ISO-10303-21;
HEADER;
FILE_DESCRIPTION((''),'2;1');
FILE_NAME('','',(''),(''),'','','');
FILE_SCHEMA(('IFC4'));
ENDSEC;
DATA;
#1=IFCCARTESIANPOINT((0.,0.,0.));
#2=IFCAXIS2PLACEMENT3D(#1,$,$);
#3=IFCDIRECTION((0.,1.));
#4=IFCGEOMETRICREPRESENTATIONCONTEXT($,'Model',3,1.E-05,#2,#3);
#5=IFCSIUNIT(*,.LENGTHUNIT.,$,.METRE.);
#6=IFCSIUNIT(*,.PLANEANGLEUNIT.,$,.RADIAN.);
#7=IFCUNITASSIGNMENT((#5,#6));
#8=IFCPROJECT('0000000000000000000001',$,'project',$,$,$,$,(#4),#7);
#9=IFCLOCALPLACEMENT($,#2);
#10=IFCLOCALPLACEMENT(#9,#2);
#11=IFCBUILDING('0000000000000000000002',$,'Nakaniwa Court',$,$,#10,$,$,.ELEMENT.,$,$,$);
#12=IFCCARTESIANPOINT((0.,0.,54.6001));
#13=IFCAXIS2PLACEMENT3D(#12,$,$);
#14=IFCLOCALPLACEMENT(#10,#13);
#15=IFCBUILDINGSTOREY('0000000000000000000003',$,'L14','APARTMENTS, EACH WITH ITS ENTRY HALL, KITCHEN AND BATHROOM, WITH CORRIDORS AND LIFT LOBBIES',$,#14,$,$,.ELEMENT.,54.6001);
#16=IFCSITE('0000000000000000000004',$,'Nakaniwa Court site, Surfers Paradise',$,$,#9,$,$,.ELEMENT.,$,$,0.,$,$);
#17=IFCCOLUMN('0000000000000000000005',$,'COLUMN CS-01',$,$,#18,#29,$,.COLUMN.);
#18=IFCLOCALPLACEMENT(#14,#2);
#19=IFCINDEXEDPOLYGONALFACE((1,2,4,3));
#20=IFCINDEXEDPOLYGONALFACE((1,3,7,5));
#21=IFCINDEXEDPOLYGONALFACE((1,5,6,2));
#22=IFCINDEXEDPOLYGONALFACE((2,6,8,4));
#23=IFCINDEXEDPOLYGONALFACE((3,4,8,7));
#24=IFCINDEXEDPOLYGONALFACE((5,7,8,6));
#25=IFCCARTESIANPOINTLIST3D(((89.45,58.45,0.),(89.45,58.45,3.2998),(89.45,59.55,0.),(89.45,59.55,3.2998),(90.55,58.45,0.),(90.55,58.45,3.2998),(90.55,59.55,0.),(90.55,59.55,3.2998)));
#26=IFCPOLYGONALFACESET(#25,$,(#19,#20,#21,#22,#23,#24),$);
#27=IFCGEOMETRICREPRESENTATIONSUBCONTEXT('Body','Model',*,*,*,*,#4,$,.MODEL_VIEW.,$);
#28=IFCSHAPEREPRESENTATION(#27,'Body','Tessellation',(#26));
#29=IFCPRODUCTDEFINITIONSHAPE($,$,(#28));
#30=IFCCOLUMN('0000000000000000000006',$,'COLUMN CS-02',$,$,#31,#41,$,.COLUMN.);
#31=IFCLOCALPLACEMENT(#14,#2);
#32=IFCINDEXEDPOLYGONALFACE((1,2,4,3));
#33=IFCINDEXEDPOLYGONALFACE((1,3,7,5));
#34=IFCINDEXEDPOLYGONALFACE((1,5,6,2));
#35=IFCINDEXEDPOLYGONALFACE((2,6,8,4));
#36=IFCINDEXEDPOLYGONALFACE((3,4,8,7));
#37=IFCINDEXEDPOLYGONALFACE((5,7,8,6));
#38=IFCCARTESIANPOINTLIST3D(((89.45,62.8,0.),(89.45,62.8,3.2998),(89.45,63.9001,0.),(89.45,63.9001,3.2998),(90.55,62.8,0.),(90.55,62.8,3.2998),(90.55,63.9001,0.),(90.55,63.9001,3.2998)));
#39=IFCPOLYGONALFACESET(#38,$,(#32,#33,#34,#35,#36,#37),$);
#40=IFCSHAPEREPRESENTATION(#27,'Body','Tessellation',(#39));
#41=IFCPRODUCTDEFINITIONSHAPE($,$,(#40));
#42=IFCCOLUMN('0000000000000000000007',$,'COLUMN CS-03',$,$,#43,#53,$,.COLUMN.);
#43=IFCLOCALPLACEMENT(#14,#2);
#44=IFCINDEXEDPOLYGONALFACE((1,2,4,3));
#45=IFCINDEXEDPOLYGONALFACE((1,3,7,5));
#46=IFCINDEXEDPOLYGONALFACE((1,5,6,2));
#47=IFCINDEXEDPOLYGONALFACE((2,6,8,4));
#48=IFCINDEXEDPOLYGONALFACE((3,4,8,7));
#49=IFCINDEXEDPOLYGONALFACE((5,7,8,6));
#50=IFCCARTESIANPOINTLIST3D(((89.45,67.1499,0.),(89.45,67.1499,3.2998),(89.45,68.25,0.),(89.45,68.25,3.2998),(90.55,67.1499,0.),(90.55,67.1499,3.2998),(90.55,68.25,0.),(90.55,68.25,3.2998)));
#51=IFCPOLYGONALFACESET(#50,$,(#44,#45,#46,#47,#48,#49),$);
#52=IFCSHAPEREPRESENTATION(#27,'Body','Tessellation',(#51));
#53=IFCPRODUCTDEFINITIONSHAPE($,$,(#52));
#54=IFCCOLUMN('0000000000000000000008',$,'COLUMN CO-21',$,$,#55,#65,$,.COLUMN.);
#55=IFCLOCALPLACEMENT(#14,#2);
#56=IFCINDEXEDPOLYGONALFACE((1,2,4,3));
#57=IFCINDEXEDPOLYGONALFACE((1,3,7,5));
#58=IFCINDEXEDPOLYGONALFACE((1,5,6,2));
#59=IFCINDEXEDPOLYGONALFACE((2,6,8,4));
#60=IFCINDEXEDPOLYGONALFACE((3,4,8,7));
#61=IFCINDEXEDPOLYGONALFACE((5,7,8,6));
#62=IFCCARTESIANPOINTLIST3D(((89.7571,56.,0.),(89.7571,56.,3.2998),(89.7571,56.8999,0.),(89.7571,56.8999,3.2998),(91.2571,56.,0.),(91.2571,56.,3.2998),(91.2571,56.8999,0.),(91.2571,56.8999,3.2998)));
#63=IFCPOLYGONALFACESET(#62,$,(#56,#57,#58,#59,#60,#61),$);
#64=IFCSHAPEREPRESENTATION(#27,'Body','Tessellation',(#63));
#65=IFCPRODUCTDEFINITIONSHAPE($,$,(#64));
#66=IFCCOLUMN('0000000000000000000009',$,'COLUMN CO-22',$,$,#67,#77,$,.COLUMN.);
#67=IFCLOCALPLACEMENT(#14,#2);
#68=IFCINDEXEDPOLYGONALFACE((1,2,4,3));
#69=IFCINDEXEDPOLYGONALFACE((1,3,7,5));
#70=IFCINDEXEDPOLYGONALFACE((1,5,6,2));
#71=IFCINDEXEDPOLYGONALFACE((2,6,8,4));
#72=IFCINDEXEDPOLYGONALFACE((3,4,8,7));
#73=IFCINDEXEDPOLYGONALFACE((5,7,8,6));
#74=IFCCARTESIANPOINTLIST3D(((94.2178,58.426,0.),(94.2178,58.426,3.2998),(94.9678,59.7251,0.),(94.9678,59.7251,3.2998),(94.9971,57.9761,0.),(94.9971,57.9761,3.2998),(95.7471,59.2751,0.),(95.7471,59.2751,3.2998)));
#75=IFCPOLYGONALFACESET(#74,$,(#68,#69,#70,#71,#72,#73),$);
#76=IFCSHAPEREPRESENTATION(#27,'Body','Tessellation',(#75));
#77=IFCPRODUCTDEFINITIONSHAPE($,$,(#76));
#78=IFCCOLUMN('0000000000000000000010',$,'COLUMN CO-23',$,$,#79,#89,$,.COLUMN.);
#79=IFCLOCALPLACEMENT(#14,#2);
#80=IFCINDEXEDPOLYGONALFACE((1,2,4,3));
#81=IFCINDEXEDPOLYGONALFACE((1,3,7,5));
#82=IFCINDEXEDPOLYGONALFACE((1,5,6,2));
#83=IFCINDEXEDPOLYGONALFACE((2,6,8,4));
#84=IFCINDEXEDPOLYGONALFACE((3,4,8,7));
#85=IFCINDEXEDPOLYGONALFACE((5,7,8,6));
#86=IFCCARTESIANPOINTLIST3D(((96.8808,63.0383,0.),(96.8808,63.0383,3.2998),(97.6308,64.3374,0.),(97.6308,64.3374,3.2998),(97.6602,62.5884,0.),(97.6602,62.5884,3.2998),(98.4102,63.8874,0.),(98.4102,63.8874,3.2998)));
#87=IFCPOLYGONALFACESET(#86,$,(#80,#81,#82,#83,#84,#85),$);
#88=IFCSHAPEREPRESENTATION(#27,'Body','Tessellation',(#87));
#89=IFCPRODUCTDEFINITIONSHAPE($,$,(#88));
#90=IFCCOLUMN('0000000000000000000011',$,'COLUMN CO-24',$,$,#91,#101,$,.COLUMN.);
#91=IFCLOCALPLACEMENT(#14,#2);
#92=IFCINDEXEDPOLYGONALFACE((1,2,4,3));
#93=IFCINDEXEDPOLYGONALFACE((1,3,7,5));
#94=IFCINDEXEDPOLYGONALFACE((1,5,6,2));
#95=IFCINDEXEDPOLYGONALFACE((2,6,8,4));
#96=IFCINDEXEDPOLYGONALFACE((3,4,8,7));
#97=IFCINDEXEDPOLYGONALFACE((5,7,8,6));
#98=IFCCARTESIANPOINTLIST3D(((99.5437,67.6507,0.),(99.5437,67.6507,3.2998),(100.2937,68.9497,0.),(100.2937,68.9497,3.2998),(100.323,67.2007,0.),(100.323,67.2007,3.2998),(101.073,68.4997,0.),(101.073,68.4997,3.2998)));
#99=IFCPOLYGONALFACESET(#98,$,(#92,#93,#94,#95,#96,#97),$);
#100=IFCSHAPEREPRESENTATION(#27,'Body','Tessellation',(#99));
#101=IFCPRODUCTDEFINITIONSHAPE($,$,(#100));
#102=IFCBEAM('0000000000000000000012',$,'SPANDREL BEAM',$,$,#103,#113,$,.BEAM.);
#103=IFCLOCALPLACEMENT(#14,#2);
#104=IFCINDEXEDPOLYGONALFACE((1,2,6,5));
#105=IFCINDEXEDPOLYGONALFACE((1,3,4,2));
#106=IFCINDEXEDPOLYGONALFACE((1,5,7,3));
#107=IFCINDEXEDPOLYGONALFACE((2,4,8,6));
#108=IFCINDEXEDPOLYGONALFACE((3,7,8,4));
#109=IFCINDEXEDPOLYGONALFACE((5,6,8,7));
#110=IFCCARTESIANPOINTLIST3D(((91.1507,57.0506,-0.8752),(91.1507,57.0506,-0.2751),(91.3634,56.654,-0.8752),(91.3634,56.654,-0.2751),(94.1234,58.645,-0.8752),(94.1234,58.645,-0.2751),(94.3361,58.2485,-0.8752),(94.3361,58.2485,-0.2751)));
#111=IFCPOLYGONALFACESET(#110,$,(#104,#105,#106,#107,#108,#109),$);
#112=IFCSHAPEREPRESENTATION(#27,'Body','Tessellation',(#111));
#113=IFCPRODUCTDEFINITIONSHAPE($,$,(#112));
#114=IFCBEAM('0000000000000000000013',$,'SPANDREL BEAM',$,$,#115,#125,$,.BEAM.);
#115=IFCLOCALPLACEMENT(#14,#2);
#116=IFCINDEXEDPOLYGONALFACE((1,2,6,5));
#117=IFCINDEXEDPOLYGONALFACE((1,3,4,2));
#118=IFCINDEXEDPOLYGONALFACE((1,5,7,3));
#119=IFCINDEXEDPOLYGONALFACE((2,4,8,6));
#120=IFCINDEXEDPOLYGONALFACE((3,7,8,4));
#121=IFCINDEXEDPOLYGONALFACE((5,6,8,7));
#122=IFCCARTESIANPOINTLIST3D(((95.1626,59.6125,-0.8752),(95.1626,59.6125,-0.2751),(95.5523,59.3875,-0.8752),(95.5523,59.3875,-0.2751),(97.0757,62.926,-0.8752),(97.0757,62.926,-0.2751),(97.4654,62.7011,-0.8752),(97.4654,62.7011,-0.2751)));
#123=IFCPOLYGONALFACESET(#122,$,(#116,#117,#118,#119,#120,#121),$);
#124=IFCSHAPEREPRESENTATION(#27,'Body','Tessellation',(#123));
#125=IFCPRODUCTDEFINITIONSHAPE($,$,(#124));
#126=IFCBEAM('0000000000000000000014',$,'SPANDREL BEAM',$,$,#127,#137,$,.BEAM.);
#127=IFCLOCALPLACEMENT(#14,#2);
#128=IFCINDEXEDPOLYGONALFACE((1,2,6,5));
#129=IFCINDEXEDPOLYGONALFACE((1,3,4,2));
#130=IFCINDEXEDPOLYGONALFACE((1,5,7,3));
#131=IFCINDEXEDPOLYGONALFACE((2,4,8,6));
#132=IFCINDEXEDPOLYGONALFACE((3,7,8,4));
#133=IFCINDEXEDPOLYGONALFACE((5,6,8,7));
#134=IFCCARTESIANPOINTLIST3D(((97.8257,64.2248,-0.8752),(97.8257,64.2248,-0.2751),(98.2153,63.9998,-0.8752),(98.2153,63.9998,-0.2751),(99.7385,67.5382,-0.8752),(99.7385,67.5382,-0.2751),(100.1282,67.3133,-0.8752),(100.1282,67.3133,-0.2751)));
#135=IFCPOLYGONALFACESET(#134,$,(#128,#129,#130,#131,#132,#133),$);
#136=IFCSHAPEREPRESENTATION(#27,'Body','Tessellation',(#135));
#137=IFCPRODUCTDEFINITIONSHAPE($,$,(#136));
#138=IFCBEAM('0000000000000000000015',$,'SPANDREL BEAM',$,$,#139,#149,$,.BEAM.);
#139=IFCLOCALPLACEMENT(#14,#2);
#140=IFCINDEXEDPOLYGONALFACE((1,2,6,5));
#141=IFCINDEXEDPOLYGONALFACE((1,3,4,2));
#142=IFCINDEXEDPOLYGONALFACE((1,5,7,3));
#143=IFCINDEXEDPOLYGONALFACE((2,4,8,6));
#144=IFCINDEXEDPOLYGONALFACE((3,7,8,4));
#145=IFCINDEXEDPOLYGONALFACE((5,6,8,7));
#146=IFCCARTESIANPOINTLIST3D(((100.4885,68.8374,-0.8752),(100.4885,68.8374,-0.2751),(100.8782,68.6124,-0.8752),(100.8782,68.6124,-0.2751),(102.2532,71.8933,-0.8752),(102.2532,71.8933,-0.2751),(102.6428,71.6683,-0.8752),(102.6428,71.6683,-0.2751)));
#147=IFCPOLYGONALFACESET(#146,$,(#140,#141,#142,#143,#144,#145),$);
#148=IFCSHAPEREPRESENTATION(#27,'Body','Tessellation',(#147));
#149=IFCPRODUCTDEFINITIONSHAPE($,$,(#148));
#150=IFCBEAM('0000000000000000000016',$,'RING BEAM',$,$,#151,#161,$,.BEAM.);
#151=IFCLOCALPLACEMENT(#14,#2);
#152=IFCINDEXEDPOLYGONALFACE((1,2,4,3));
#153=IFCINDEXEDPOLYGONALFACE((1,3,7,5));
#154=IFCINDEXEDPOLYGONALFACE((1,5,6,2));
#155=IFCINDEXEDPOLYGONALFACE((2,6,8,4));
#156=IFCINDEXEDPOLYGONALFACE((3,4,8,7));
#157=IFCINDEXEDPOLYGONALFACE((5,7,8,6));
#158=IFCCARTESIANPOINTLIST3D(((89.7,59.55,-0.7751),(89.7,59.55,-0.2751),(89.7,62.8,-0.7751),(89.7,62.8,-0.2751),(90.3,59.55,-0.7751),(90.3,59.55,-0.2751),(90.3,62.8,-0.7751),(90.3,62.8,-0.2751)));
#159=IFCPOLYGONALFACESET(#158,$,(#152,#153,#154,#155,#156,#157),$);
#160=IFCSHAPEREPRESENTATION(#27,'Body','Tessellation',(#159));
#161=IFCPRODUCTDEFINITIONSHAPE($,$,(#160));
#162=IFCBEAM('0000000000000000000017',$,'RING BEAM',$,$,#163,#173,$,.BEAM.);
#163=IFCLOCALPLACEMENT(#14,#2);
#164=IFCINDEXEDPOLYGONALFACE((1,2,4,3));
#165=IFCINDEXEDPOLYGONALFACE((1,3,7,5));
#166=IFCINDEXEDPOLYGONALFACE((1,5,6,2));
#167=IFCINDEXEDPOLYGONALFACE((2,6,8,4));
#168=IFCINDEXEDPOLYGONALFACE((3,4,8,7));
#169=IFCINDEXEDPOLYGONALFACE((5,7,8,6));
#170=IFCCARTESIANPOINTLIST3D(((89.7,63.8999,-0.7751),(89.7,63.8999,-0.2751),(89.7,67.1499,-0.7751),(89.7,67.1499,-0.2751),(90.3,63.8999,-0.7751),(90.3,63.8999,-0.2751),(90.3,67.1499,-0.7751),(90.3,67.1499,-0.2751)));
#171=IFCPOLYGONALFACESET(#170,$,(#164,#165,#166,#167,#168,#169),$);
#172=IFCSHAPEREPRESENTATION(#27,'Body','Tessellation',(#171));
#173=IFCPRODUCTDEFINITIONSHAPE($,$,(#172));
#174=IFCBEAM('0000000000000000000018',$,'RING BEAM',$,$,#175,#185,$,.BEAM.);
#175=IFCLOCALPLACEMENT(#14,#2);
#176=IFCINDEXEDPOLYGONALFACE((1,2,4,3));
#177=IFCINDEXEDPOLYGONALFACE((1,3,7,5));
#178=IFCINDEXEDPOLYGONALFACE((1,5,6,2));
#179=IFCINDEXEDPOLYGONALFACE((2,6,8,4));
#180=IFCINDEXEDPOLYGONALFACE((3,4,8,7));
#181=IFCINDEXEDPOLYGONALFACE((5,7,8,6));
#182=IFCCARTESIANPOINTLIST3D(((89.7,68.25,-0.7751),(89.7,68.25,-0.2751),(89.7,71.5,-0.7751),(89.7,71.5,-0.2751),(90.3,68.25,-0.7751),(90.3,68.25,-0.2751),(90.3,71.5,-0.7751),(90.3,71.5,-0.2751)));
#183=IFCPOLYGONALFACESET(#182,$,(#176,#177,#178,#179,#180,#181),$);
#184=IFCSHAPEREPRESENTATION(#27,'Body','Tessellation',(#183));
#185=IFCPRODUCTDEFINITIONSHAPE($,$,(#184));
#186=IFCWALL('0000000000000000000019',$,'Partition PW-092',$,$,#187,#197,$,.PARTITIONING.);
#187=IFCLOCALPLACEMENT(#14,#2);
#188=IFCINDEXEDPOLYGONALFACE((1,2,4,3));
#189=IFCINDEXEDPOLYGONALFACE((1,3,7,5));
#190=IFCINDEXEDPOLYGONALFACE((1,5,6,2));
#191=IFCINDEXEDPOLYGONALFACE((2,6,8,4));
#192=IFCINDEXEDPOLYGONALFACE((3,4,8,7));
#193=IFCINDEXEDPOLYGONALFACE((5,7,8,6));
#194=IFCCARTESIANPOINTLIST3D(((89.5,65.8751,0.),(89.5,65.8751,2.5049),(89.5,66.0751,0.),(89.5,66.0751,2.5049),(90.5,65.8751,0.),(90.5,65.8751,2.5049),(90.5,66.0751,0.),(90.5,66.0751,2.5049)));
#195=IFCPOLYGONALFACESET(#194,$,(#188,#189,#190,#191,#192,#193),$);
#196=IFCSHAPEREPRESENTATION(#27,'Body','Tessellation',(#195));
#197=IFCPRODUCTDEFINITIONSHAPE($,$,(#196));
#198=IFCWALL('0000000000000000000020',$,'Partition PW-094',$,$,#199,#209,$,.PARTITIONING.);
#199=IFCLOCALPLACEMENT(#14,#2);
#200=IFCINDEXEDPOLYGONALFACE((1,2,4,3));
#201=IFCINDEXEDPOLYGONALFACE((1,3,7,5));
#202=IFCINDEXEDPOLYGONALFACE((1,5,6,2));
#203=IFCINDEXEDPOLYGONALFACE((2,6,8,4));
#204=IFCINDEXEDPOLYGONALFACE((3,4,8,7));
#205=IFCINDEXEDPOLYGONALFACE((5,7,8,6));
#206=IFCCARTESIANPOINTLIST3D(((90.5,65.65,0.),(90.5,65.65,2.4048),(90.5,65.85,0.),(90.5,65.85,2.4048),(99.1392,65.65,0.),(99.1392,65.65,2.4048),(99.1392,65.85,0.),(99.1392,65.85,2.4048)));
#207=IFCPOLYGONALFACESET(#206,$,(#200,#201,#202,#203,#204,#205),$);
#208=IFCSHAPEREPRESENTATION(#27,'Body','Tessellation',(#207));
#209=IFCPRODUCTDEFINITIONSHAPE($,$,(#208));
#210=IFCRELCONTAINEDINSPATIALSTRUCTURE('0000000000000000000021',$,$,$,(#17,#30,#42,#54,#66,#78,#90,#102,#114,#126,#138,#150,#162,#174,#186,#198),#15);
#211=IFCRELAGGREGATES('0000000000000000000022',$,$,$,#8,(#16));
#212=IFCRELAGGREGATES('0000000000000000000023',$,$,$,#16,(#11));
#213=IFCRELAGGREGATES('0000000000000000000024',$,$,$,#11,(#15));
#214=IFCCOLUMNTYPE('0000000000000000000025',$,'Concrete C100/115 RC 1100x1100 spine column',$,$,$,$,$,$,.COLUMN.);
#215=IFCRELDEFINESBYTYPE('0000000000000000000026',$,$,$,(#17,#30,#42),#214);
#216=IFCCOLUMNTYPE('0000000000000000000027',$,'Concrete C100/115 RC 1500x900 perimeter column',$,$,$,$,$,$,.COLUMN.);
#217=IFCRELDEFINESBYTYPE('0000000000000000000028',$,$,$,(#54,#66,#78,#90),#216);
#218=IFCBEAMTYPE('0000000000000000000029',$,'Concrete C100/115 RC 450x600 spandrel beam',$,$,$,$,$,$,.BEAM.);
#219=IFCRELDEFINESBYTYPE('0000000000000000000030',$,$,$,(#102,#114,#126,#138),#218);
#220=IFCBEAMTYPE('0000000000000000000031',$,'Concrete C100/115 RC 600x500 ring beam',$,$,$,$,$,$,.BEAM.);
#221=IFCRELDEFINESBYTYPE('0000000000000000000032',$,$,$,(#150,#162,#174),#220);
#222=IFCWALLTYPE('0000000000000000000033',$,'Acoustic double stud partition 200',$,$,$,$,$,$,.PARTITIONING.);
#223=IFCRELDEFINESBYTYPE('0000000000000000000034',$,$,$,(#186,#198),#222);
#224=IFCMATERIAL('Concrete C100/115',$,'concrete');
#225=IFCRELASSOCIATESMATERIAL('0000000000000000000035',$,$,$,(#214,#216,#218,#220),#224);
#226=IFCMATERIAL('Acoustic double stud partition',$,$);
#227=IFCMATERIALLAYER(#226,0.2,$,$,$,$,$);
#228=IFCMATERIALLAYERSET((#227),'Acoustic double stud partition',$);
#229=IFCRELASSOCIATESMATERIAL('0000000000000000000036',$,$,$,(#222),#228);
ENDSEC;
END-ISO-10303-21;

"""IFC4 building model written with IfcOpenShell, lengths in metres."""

from ifc_helpers import new_model, si_unit, direction, frame, frame_2d, origin, origin_2d, place, context, subcontext, project, spatial, rectangle, extrude, material, layer, layer_set, material_profile, profile_set, type_object, element, save


model = new_model("IFC4")

# Units and contexts
model_context = context("Model", 3, precision=1e-05, world=origin(), true_north=direction((0.0, 1.0)))
body_context = subcontext(model_context, "Body", "Model", "MODEL_VIEW")
ifc_project = project(units=[si_unit("LENGTHUNIT", "METRE"), si_unit("PLANEANGLEUNIT", "RADIAN")], contexts=[model_context])

# Site, building, storey
site_placement = place(None, origin())
site = spatial("IfcSite", under=ifc_project, at=site_placement, Name="Nakaniwa Court site, Surfers Paradise", CompositionType="ELEMENT", RefElevation=0.0)
building_placement = place(site_placement, origin())
building = spatial("IfcBuilding", under=site, at=building_placement, Name="Nakaniwa Court", CompositionType="ELEMENT")
storey_placement = place(building_placement, frame((0.0, 0.0, 54.6001)))
storey = spatial("IfcBuildingStorey", under=building, at=storey_placement, Name="L14", Description="APARTMENTS, EACH WITH ITS ENTRY HALL, KITCHEN AND BATHROOM, WITH CORRIDORS AND LIFT LOBBIES", CompositionType="ELEMENT", Elevation=54.6001)

# Columns
ifc_material_1 = material(Name="Concrete C100/115", Category="concrete")
ifc_material_profile_1 = material_profile(ifc_material_1, rectangle(XDim=1.1001, YDim=1.1001, at=origin_2d()), Name="Concrete C100/115 RC 1100x1100 spine column")
ifc_profile_set_1 = profile_set([ifc_material_profile_1], Name="Concrete C100/115")
column_type_1 = type_object("IfcColumnType", Name="Concrete C100/115 RC 1100x1100 spine column", PredefinedType="COLUMN", material=ifc_profile_set_1)
for number, where, z_axis, x_axis, name in (
    (1, (90.0, 59.0, 0.0), (0.0, 0.0, 1.0), (0.0, 1.0, 0.0), "COLUMN CS-01"),
    (2, (90.0, 63.3501, 0.0), (0.0, 0.0, 1.0), (0.0, 1.0, 0.0), "COLUMN CS-02"),
    (3, (90.0, 67.7, 0.0), (0.0, 0.0, 1.0), (0.0, 1.0, 0.0), "COLUMN CS-03"),
):
    element("IfcColumn", number, at=place(storey_placement, frame(where, z_axis=z_axis, x_axis=x_axis)), inside=storey, type_object=column_type_1, Name=name, PredefinedType="COLUMN", context=body_context, shape_type="SweptSolid", body=[
        extrude(rectangle(XDim=1.1001, YDim=1.1001, at=origin_2d()), origin(), (0.0, 0.0, 1.0), 3.2998),
    ])
ifc_material_profile_2 = material_profile(ifc_material_1, rectangle(XDim=1.5, YDim=0.8999, at=origin_2d()), Name="Concrete C100/115 RC 1500x900 perimeter column")
ifc_profile_set_2 = profile_set([ifc_material_profile_2], Name="Concrete C100/115")
column_type_2 = type_object("IfcColumnType", Name="Concrete C100/115 RC 1500x900 perimeter column", PredefinedType="COLUMN", material=ifc_profile_set_2)
for number, where, z_axis, x_axis, name in (
    (4, (90.5071, 56.45, 0.0), (0.0, 0.0, 1.0), (1.0, 0.0, 0.0), "COLUMN CO-21"),
    (5, (94.9824, 58.8506, 0.0), (0.0, 0.0, 1.0), (0.5, 0.866025, 0.0), "COLUMN CO-22"),
    (6, (97.6455, 63.4629, 0.0), (0.0, 0.0, 1.0), (0.5, 0.866025, 0.0), "COLUMN CO-23"),
    (7, (100.3083, 68.0752, 0.0), (0.0, 0.0, 1.0), (0.5, 0.866025, 0.0), "COLUMN CO-24"),
):
    element("IfcColumn", number, at=place(storey_placement, frame(where, z_axis=z_axis, x_axis=x_axis)), inside=storey, type_object=column_type_2, Name=name, PredefinedType="COLUMN", context=body_context, shape_type="SweptSolid", body=[
        extrude(rectangle(XDim=1.5, YDim=0.8999, at=origin_2d()), origin(), (0.0, 0.0, 1.0), 3.2998),
    ])

# Beams
ifc_material_profile_3 = material_profile(ifc_material_1, rectangle(XDim=0.45, YDim=0.6001, at=origin_2d()), Name="Concrete C100/115 RC 450x600 spandrel beam")
ifc_profile_set_3 = profile_set([ifc_material_profile_3], Name="Concrete C100/115")
beam_type_1 = type_object("IfcBeamType", Name="Concrete C100/115 RC 450x600 spandrel beam", PredefinedType="BEAM", material=ifc_profile_set_3)
beam_1_placement = place(storey_placement, frame((91.2571, 56.8523, -0.5752), z_axis=(0.881235, 0.472679, 0.0), x_axis=(-0.472679, 0.881235, 0.0)))
element("IfcBeam", 8, at=beam_1_placement, inside=storey, type_object=beam_type_1, Name="SPANDREL BEAM", PredefinedType="BEAM", context=body_context, shape_type="SweptSolid", body=[
    extrude(rectangle(XDim=0.45, YDim=0.6001, at=origin_2d()), origin(), (0.0, 0.0, 1.0), 3.3733),
])
beam_2_placement = place(storey_placement, frame((95.3574, 59.5, -0.5752), z_axis=(0.50001, 0.86602, 0.0), x_axis=(-0.86602, 0.50001, 0.0)))
element("IfcBeam", 9, at=beam_2_placement, inside=storey, type_object=beam_type_1, Name="SPANDREL BEAM", PredefinedType="BEAM", context=body_context, shape_type="SweptSolid", body=[
    extrude(rectangle(XDim=0.45, YDim=0.6001, at=origin_2d()), origin(), (0.0, 0.0, 1.0), 3.8262),
])
beam_3_placement = place(storey_placement, frame((98.0205, 64.1123, -0.5752), z_axis=(0.499962, 0.866047, 0.0), x_axis=(-0.866047, 0.499962, 0.0)))
element("IfcBeam", 10, at=beam_3_placement, inside=storey, type_object=beam_type_1, Name="SPANDREL BEAM", PredefinedType="BEAM", context=body_context, shape_type="SweptSolid", body=[
    extrude(rectangle(XDim=0.45, YDim=0.6001, at=origin_2d()), origin(), (0.0, 0.0, 1.0), 3.8259),
])
beam_4_placement = place(storey_placement, frame((100.6833, 68.7249, -0.5752), z_axis=(0.500068, 0.865986, 0.0), x_axis=(-0.865986, 0.500068, 0.0)))
element("IfcBeam", 11, at=beam_4_placement, inside=storey, type_object=beam_type_1, Name="SPANDREL BEAM", PredefinedType="BEAM", context=body_context, shape_type="SweptSolid", body=[
    extrude(rectangle(XDim=0.45, YDim=0.6001, at=origin_2d()), origin(), (0.0, 0.0, 1.0), 3.5288),
])
ifc_material_profile_4 = material_profile(ifc_material_1, rectangle(XDim=0.6001, YDim=0.5, at=origin_2d()), Name="Concrete C100/115 RC 600x500 ring beam")
ifc_profile_set_4 = profile_set([ifc_material_profile_4], Name="Concrete C100/115")
beam_type_2 = type_object("IfcBeamType", Name="Concrete C100/115 RC 600x500 ring beam", PredefinedType="BEAM", material=ifc_profile_set_4)
for number, where, z_axis, x_axis, name in (
    (12, (90.0, 59.55, -0.5251), (0.0, 1.0, 0.0), (-1.0, 0.0, 0.0), "RING BEAM"),
    (13, (90.0, 63.8999, -0.5251), (0.0, 1.0, 0.0), (-1.0, 0.0, 0.0), "RING BEAM"),
    (14, (90.0, 68.25, -0.5251), (0.0, 1.0, 0.0), (-1.0, 0.0, 0.0), "RING BEAM"),
):
    element("IfcBeam", number, at=place(storey_placement, frame(where, z_axis=z_axis, x_axis=x_axis)), inside=storey, type_object=beam_type_2, Name=name, PredefinedType="BEAM", context=body_context, shape_type="SweptSolid", body=[
        extrude(rectangle(XDim=0.6001, YDim=0.5, at=origin_2d()), origin(), (0.0, 0.0, 1.0), 3.25),
    ])

# Walls
ifc_material_2 = material(Name="Acoustic double stud partition")
ifc_layer_1 = layer(ifc_material_2, 0.2)
ifc_layer_set_1 = layer_set([ifc_layer_1], Name="Acoustic double stud partition")
wall_type_1 = type_object("IfcWallType", Name="Acoustic double stud partition 200", PredefinedType="PARTITIONING", material=ifc_layer_set_1)
wall_1_placement = place(storey_placement, frame((89.5, 65.9751, 0.0), z_axis=(0.0, 0.0, 1.0), x_axis=(1.0, 0.0, 0.0)))
element("IfcWall", 15, at=wall_1_placement, inside=storey, type_object=wall_type_1, Name="Partition PW-092", PredefinedType="PARTITIONING", context=body_context, shape_type="SweptSolid", body=[
    extrude(rectangle(XDim=1.0, YDim=0.2, at=frame_2d((0.5, 0.0))), origin(), (0.0, 0.0, 1.0), 2.5049),
])
wall_2_placement = place(storey_placement, frame((90.5, 65.75, 0.0), z_axis=(0.0, 0.0, 1.0), x_axis=(1.0, 0.0, 0.0)))
element("IfcWall", 16, at=wall_2_placement, inside=storey, type_object=wall_type_1, Name="Partition PW-094", PredefinedType="PARTITIONING", context=body_context, shape_type="SweptSolid", body=[
    extrude(rectangle(XDim=8.6392, YDim=0.2, at=frame_2d((4.3196, 0.0))), origin(), (0.0, 0.0, 1.0), 2.4048),
])

save(model, "model.ifc")
